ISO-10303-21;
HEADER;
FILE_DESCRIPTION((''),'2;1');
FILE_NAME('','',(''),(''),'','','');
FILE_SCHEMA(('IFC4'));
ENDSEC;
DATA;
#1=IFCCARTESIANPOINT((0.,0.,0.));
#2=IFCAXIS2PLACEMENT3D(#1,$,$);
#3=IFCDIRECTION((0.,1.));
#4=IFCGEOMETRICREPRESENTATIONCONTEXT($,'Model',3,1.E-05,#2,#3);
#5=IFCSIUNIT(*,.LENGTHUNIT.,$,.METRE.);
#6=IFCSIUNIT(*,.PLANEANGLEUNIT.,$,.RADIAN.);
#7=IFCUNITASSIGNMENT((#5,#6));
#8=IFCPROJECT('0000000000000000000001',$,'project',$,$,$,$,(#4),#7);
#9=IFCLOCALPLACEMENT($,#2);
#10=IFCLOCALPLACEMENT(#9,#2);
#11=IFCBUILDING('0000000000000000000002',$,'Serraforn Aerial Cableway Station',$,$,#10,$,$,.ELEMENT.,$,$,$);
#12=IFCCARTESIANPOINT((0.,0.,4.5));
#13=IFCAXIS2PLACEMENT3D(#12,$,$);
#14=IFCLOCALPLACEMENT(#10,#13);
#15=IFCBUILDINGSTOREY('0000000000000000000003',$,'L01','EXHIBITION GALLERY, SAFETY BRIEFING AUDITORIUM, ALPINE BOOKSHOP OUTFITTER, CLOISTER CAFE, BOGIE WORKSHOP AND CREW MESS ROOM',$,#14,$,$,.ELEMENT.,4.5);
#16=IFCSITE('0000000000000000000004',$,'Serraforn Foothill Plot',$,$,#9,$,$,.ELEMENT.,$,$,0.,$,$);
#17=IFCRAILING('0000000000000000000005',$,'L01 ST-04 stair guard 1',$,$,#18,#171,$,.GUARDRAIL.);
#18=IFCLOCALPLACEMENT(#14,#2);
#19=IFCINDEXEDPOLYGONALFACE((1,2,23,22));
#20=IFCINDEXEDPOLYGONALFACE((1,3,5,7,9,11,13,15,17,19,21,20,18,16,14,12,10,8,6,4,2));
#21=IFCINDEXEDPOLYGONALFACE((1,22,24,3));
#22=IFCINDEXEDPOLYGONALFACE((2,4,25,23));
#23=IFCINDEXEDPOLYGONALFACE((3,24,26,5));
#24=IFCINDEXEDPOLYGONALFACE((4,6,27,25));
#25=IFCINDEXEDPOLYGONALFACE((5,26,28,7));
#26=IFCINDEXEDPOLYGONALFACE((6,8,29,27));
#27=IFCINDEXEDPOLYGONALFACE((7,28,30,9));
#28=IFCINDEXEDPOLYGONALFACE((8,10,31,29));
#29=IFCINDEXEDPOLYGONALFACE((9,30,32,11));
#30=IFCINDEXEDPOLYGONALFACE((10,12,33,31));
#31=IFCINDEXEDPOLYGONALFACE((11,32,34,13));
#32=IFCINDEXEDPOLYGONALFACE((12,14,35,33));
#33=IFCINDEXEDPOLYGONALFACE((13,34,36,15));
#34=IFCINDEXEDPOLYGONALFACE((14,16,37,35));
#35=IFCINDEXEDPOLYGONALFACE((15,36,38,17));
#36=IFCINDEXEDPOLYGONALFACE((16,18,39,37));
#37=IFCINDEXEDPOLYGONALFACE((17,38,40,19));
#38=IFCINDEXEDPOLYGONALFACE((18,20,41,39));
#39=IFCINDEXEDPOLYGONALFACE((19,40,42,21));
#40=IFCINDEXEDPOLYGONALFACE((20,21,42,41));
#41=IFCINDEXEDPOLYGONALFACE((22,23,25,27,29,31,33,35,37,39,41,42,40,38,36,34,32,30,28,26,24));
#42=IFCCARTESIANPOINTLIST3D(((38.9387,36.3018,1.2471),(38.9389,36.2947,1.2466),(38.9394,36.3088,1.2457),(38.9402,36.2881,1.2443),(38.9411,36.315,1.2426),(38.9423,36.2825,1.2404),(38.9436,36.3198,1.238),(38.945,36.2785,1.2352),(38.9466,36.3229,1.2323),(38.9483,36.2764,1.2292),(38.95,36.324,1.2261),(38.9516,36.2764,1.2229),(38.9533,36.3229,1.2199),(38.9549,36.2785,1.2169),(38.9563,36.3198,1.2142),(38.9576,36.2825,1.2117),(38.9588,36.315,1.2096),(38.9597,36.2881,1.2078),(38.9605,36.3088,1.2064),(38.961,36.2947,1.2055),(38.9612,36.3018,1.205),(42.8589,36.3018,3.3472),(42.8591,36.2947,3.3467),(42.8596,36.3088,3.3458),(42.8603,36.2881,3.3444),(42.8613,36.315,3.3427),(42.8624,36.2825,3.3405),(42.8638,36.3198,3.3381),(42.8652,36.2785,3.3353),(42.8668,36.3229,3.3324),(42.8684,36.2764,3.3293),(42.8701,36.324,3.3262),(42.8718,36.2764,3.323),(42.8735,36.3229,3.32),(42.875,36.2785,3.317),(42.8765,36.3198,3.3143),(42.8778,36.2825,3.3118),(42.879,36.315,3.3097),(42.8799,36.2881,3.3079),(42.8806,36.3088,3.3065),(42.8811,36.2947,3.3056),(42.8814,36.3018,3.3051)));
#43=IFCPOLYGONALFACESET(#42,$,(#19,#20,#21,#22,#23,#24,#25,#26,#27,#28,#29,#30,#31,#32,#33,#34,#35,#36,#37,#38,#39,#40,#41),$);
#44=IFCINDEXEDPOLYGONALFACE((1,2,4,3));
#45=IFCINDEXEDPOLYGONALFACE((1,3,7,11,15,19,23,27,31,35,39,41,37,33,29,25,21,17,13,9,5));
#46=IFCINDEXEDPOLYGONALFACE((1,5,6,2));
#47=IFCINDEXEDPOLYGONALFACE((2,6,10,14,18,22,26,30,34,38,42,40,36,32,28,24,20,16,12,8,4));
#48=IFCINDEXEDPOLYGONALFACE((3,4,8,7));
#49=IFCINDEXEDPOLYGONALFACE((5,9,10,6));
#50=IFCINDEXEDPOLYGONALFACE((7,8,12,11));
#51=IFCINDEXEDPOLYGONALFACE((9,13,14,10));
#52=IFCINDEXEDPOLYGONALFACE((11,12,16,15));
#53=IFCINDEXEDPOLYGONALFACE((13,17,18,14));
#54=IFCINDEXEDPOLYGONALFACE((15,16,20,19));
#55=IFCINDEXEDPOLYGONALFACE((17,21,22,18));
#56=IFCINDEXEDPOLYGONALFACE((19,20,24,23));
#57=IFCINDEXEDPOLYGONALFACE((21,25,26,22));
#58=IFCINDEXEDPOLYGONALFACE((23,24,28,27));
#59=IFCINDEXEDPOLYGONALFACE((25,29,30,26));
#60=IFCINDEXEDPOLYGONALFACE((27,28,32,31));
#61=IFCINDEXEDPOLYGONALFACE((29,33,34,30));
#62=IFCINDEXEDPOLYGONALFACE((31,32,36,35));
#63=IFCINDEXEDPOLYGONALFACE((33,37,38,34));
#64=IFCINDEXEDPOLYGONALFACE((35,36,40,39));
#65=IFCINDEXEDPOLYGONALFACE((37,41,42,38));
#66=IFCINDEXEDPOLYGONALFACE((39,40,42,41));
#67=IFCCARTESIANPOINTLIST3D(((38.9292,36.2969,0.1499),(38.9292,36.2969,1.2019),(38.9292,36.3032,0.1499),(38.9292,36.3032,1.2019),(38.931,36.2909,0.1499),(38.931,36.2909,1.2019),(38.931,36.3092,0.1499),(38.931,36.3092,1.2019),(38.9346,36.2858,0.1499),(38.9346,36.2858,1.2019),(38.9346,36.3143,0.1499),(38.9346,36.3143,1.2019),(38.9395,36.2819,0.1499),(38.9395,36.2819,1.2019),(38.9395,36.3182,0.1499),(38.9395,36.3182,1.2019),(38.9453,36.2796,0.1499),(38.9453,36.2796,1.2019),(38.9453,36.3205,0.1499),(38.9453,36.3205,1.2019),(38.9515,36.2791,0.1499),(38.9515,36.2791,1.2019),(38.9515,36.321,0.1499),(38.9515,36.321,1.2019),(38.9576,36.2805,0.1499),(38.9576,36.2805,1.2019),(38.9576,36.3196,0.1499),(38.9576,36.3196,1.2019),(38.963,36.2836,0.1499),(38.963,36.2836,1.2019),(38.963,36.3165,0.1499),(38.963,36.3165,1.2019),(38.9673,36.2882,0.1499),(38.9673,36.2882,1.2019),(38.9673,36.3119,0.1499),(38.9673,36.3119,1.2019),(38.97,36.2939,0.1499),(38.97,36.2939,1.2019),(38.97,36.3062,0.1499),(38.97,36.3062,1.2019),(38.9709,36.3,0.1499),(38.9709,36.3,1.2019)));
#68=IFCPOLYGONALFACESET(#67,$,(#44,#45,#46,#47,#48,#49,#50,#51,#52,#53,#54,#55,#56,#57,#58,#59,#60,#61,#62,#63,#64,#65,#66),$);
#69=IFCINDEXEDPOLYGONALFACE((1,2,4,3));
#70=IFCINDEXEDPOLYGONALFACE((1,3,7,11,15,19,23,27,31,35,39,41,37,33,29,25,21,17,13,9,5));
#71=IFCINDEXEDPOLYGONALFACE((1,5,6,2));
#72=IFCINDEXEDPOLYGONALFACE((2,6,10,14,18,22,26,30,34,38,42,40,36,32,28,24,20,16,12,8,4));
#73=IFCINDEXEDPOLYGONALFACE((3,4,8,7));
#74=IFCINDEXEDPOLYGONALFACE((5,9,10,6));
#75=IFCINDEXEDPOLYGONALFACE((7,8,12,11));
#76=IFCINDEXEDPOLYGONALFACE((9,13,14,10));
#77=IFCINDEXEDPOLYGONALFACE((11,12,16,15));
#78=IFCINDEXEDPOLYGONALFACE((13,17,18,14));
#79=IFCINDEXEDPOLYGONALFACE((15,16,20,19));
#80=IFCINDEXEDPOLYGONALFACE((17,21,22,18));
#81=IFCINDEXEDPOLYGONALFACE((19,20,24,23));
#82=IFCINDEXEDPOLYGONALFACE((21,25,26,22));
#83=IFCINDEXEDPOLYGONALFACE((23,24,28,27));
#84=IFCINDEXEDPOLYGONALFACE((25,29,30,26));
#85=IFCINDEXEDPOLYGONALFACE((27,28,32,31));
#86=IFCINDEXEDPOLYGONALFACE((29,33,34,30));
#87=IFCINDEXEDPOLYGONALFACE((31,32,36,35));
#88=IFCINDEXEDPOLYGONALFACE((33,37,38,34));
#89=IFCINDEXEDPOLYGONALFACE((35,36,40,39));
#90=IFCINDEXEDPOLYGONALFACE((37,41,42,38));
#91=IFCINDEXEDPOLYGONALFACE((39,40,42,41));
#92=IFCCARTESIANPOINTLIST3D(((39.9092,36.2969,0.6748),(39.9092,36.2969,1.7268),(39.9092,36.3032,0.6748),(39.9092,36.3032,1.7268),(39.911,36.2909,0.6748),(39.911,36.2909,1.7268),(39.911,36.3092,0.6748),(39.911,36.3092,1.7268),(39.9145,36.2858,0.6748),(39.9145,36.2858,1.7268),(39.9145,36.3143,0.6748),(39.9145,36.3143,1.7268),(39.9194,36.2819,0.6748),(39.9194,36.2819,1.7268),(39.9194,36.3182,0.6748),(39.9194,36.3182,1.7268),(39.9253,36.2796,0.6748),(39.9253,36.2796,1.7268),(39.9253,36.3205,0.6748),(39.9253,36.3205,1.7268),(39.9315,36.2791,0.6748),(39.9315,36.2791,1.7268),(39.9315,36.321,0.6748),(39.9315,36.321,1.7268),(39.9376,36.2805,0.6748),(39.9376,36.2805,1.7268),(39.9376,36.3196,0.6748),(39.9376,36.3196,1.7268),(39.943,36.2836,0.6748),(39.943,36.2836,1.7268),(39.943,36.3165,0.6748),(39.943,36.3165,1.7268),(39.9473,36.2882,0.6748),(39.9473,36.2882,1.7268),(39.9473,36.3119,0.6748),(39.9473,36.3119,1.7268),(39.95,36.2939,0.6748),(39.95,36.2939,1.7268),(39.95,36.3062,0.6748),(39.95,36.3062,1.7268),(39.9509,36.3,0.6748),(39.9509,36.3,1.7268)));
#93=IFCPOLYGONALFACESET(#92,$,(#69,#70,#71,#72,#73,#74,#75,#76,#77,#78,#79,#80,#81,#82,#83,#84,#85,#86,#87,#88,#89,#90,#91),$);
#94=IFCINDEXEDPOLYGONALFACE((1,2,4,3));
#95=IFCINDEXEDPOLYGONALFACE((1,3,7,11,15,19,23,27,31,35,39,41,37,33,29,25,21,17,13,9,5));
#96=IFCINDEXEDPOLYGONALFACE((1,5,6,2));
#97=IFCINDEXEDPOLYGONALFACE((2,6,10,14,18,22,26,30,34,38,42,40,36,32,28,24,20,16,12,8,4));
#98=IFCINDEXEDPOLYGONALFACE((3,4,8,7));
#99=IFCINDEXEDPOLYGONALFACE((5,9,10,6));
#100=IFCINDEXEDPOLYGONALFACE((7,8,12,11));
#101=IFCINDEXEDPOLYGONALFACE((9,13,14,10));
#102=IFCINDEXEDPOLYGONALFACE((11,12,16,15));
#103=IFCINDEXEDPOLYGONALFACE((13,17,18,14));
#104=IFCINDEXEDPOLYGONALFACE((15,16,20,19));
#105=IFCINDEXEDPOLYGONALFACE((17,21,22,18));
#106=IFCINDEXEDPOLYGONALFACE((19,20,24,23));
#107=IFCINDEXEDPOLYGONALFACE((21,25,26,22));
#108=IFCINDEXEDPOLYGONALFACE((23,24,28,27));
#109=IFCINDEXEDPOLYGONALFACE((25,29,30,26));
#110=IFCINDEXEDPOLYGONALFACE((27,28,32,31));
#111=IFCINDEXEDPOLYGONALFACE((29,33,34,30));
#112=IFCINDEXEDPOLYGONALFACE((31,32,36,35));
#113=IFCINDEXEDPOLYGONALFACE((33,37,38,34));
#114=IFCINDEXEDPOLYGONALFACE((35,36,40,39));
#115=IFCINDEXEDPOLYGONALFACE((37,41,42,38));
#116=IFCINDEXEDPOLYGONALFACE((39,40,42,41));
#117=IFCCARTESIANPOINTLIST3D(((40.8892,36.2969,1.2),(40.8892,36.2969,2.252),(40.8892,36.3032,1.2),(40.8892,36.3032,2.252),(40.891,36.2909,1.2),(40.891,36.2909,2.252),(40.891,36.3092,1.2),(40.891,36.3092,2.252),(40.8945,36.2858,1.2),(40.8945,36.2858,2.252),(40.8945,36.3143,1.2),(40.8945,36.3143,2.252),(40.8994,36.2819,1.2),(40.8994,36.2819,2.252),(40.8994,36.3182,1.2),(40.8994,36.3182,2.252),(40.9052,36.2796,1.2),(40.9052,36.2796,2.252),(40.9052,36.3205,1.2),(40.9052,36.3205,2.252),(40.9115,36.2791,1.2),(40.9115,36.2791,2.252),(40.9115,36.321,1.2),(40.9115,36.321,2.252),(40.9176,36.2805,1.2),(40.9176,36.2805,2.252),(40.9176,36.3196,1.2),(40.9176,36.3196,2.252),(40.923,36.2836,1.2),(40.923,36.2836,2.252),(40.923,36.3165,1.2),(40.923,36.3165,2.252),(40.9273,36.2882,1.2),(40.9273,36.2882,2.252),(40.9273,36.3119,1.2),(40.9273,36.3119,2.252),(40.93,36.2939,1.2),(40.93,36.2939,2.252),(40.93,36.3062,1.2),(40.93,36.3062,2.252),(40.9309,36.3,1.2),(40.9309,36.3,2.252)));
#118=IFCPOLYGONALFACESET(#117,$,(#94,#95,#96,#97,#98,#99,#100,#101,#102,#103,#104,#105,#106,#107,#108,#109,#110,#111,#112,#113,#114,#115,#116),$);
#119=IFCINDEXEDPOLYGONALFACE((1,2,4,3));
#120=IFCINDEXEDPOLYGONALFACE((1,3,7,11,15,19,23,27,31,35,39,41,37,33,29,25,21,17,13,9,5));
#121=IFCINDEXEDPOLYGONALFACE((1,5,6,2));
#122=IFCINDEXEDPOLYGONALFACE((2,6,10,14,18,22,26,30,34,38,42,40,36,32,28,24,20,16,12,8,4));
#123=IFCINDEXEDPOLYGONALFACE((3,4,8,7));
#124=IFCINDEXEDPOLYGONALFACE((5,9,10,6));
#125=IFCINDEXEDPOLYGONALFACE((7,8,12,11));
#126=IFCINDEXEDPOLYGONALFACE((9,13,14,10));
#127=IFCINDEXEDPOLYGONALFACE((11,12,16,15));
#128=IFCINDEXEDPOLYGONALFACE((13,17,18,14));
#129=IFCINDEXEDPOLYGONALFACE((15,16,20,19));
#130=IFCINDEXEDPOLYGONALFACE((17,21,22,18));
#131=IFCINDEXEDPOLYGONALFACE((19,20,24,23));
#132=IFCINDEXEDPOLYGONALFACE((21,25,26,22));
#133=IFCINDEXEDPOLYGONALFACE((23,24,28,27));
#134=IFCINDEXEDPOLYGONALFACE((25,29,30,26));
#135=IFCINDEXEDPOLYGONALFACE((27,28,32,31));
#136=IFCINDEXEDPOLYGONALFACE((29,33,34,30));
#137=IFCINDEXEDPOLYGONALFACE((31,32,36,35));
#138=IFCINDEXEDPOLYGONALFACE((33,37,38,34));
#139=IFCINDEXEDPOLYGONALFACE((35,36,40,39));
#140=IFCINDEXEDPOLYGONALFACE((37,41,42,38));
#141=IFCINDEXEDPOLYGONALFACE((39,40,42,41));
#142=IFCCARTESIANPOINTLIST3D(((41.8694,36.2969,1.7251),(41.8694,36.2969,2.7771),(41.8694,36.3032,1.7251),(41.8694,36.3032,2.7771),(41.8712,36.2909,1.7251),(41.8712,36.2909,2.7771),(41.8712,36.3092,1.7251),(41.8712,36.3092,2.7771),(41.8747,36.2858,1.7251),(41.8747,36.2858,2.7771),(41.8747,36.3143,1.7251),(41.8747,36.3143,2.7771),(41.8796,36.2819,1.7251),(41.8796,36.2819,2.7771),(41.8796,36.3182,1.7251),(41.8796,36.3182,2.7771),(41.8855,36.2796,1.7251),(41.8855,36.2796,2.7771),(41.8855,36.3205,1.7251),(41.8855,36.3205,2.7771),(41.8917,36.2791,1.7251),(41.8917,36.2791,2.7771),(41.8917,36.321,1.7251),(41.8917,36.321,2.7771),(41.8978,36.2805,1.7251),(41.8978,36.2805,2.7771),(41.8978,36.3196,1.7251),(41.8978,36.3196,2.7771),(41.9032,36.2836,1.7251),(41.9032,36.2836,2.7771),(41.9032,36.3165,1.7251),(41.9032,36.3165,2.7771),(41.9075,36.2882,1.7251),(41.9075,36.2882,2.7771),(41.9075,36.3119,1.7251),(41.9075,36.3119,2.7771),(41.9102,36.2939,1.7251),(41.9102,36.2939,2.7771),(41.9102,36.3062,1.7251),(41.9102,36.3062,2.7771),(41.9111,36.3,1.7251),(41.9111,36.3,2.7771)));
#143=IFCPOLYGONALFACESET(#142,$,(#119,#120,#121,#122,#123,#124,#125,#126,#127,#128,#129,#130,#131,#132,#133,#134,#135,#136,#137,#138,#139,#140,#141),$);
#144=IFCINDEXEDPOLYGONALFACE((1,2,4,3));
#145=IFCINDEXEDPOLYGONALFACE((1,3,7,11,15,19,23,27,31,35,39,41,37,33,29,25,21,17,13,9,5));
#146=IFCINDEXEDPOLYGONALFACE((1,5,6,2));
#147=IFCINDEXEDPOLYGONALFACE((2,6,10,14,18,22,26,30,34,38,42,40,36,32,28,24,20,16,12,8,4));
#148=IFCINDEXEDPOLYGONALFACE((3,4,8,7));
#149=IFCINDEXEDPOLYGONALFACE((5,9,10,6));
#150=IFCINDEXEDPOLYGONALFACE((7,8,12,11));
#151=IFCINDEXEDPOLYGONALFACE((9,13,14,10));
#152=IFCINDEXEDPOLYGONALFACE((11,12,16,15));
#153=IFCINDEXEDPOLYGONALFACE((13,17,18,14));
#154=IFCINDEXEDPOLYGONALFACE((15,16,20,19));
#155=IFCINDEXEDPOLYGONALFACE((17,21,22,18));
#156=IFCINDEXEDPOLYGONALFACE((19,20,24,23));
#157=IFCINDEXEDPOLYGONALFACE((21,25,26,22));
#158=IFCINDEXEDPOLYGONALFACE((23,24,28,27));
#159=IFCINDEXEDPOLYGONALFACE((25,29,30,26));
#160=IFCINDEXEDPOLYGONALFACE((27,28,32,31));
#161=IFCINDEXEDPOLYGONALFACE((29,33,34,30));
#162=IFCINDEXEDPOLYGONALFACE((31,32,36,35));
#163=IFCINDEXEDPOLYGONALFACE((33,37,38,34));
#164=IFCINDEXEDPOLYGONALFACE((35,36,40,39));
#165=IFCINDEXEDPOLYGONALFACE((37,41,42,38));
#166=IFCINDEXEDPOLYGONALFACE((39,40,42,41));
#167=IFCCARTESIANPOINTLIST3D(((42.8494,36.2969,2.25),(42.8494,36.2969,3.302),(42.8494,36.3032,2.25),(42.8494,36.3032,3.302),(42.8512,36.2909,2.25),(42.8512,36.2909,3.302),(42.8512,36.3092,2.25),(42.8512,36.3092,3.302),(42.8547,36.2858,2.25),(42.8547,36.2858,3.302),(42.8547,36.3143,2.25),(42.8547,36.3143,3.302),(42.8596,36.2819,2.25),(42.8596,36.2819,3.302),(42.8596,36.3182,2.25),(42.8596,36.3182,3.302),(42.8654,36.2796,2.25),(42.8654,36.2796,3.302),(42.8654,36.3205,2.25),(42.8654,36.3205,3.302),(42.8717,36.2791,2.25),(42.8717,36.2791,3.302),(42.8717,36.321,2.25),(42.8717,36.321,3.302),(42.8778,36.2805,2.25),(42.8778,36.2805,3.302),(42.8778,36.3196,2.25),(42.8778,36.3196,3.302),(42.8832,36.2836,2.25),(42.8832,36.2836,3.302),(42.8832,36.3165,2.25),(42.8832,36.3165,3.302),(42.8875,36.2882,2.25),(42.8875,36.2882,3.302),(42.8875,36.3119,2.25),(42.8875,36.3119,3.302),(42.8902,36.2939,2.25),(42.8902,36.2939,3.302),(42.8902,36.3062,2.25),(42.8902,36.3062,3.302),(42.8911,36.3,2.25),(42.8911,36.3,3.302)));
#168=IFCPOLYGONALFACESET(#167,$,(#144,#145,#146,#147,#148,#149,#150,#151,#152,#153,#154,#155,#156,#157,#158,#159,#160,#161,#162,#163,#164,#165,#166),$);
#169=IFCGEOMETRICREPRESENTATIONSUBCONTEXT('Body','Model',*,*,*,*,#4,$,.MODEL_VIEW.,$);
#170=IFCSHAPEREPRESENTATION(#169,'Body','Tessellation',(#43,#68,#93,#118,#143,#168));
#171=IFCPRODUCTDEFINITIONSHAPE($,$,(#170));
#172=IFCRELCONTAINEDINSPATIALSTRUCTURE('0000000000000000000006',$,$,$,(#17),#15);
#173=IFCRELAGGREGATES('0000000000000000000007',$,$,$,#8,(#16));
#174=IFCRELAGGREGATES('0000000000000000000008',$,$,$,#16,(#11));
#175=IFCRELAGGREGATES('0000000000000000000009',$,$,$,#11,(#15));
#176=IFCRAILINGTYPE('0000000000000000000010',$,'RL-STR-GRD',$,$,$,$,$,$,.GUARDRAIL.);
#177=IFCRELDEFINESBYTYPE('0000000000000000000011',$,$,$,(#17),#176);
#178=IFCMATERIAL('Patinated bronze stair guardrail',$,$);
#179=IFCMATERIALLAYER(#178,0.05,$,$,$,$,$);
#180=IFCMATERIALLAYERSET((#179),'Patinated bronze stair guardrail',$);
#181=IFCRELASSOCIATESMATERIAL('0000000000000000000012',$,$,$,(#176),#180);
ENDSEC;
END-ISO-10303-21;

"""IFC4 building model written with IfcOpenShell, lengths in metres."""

from ifc_helpers import new_model, si_unit, direction, frame, origin, origin_2d, place, context, subcontext, project, spatial, circle, extrude, material, layer, layer_set, type_object, element, save


model = new_model("IFC4")

# Units and contexts
model_context = context("Model", 3, precision=1e-05, world=origin(), true_north=direction((0.0, 1.0)))
body_context = subcontext(model_context, "Body", "Model", "MODEL_VIEW")
ifc_project = project(units=[si_unit("LENGTHUNIT", "METRE"), si_unit("PLANEANGLEUNIT", "RADIAN")], contexts=[model_context])

# Site, building, storey
site_placement = place(None, origin())
site = spatial("IfcSite", under=ifc_project, at=site_placement, Name="Serraforn Foothill Plot", CompositionType="ELEMENT", RefElevation=0.0)
building_placement = place(site_placement, origin())
building = spatial("IfcBuilding", under=site, at=building_placement, Name="Serraforn Aerial Cableway Station", CompositionType="ELEMENT")
storey_placement = place(building_placement, frame((0.0, 0.0, 4.5)))
storey = spatial("IfcBuildingStorey", under=building, at=storey_placement, Name="L01", Description="EXHIBITION GALLERY, SAFETY BRIEFING AUDITORIUM, ALPINE BOOKSHOP OUTFITTER, CLOISTER CAFE, BOGIE WORKSHOP AND CREW MESS ROOM", CompositionType="ELEMENT", Elevation=4.5)

# Railing
ifc_material_1 = material(Name="Patinated bronze stair guardrail")
ifc_layer_1 = layer(ifc_material_1, 0.05)
ifc_layer_set_1 = layer_set([ifc_layer_1], Name="Patinated bronze stair guardrail")
railing_type = type_object("IfcRailingType", Name="RL-STR-GRD", PredefinedType="GUARDRAIL", material=ifc_layer_set_1)
railing_1_placement = place(storey_placement, frame((38.95, 36.3, 0.1499)))
element("IfcRailing", 1, at=railing_1_placement, inside=storey, type_object=railing_type, Name="L01 ST-04 stair guard 1", PredefinedType="GUARDRAIL", context=body_context, shape_type="SweptSolid", body=[
    extrude(circle(Radius=0.0239, at=origin_2d()), frame((0.0, 0.0, 1.0762), z_axis=(0.881479, 0.0, 0.472223), x_axis=(0.0, 1.0, 0.0)), (0.0, 0.0, 1.0), 4.4473),
    extrude(circle(Radius=0.021, at=origin_2d()), origin(), (0.0, 0.0, 1.0), 1.052),
    extrude(circle(Radius=0.021, at=origin_2d()), frame((0.98, 0.0, 0.5249)), (0.0, 0.0, 1.0), 1.052),
    extrude(circle(Radius=0.021, at=origin_2d()), frame((1.96, 0.0, 1.05)), (0.0, 0.0, 1.0), 1.052),
    extrude(circle(Radius=0.021, at=origin_2d()), frame((2.9402, 0.0, 1.5752)), (0.0, 0.0, 1.0), 1.052),
    extrude(circle(Radius=0.021, at=origin_2d()), frame((3.9202, 0.0, 2.1001)), (0.0, 0.0, 1.0), 1.052),
])

save(model, "model.ifc")
